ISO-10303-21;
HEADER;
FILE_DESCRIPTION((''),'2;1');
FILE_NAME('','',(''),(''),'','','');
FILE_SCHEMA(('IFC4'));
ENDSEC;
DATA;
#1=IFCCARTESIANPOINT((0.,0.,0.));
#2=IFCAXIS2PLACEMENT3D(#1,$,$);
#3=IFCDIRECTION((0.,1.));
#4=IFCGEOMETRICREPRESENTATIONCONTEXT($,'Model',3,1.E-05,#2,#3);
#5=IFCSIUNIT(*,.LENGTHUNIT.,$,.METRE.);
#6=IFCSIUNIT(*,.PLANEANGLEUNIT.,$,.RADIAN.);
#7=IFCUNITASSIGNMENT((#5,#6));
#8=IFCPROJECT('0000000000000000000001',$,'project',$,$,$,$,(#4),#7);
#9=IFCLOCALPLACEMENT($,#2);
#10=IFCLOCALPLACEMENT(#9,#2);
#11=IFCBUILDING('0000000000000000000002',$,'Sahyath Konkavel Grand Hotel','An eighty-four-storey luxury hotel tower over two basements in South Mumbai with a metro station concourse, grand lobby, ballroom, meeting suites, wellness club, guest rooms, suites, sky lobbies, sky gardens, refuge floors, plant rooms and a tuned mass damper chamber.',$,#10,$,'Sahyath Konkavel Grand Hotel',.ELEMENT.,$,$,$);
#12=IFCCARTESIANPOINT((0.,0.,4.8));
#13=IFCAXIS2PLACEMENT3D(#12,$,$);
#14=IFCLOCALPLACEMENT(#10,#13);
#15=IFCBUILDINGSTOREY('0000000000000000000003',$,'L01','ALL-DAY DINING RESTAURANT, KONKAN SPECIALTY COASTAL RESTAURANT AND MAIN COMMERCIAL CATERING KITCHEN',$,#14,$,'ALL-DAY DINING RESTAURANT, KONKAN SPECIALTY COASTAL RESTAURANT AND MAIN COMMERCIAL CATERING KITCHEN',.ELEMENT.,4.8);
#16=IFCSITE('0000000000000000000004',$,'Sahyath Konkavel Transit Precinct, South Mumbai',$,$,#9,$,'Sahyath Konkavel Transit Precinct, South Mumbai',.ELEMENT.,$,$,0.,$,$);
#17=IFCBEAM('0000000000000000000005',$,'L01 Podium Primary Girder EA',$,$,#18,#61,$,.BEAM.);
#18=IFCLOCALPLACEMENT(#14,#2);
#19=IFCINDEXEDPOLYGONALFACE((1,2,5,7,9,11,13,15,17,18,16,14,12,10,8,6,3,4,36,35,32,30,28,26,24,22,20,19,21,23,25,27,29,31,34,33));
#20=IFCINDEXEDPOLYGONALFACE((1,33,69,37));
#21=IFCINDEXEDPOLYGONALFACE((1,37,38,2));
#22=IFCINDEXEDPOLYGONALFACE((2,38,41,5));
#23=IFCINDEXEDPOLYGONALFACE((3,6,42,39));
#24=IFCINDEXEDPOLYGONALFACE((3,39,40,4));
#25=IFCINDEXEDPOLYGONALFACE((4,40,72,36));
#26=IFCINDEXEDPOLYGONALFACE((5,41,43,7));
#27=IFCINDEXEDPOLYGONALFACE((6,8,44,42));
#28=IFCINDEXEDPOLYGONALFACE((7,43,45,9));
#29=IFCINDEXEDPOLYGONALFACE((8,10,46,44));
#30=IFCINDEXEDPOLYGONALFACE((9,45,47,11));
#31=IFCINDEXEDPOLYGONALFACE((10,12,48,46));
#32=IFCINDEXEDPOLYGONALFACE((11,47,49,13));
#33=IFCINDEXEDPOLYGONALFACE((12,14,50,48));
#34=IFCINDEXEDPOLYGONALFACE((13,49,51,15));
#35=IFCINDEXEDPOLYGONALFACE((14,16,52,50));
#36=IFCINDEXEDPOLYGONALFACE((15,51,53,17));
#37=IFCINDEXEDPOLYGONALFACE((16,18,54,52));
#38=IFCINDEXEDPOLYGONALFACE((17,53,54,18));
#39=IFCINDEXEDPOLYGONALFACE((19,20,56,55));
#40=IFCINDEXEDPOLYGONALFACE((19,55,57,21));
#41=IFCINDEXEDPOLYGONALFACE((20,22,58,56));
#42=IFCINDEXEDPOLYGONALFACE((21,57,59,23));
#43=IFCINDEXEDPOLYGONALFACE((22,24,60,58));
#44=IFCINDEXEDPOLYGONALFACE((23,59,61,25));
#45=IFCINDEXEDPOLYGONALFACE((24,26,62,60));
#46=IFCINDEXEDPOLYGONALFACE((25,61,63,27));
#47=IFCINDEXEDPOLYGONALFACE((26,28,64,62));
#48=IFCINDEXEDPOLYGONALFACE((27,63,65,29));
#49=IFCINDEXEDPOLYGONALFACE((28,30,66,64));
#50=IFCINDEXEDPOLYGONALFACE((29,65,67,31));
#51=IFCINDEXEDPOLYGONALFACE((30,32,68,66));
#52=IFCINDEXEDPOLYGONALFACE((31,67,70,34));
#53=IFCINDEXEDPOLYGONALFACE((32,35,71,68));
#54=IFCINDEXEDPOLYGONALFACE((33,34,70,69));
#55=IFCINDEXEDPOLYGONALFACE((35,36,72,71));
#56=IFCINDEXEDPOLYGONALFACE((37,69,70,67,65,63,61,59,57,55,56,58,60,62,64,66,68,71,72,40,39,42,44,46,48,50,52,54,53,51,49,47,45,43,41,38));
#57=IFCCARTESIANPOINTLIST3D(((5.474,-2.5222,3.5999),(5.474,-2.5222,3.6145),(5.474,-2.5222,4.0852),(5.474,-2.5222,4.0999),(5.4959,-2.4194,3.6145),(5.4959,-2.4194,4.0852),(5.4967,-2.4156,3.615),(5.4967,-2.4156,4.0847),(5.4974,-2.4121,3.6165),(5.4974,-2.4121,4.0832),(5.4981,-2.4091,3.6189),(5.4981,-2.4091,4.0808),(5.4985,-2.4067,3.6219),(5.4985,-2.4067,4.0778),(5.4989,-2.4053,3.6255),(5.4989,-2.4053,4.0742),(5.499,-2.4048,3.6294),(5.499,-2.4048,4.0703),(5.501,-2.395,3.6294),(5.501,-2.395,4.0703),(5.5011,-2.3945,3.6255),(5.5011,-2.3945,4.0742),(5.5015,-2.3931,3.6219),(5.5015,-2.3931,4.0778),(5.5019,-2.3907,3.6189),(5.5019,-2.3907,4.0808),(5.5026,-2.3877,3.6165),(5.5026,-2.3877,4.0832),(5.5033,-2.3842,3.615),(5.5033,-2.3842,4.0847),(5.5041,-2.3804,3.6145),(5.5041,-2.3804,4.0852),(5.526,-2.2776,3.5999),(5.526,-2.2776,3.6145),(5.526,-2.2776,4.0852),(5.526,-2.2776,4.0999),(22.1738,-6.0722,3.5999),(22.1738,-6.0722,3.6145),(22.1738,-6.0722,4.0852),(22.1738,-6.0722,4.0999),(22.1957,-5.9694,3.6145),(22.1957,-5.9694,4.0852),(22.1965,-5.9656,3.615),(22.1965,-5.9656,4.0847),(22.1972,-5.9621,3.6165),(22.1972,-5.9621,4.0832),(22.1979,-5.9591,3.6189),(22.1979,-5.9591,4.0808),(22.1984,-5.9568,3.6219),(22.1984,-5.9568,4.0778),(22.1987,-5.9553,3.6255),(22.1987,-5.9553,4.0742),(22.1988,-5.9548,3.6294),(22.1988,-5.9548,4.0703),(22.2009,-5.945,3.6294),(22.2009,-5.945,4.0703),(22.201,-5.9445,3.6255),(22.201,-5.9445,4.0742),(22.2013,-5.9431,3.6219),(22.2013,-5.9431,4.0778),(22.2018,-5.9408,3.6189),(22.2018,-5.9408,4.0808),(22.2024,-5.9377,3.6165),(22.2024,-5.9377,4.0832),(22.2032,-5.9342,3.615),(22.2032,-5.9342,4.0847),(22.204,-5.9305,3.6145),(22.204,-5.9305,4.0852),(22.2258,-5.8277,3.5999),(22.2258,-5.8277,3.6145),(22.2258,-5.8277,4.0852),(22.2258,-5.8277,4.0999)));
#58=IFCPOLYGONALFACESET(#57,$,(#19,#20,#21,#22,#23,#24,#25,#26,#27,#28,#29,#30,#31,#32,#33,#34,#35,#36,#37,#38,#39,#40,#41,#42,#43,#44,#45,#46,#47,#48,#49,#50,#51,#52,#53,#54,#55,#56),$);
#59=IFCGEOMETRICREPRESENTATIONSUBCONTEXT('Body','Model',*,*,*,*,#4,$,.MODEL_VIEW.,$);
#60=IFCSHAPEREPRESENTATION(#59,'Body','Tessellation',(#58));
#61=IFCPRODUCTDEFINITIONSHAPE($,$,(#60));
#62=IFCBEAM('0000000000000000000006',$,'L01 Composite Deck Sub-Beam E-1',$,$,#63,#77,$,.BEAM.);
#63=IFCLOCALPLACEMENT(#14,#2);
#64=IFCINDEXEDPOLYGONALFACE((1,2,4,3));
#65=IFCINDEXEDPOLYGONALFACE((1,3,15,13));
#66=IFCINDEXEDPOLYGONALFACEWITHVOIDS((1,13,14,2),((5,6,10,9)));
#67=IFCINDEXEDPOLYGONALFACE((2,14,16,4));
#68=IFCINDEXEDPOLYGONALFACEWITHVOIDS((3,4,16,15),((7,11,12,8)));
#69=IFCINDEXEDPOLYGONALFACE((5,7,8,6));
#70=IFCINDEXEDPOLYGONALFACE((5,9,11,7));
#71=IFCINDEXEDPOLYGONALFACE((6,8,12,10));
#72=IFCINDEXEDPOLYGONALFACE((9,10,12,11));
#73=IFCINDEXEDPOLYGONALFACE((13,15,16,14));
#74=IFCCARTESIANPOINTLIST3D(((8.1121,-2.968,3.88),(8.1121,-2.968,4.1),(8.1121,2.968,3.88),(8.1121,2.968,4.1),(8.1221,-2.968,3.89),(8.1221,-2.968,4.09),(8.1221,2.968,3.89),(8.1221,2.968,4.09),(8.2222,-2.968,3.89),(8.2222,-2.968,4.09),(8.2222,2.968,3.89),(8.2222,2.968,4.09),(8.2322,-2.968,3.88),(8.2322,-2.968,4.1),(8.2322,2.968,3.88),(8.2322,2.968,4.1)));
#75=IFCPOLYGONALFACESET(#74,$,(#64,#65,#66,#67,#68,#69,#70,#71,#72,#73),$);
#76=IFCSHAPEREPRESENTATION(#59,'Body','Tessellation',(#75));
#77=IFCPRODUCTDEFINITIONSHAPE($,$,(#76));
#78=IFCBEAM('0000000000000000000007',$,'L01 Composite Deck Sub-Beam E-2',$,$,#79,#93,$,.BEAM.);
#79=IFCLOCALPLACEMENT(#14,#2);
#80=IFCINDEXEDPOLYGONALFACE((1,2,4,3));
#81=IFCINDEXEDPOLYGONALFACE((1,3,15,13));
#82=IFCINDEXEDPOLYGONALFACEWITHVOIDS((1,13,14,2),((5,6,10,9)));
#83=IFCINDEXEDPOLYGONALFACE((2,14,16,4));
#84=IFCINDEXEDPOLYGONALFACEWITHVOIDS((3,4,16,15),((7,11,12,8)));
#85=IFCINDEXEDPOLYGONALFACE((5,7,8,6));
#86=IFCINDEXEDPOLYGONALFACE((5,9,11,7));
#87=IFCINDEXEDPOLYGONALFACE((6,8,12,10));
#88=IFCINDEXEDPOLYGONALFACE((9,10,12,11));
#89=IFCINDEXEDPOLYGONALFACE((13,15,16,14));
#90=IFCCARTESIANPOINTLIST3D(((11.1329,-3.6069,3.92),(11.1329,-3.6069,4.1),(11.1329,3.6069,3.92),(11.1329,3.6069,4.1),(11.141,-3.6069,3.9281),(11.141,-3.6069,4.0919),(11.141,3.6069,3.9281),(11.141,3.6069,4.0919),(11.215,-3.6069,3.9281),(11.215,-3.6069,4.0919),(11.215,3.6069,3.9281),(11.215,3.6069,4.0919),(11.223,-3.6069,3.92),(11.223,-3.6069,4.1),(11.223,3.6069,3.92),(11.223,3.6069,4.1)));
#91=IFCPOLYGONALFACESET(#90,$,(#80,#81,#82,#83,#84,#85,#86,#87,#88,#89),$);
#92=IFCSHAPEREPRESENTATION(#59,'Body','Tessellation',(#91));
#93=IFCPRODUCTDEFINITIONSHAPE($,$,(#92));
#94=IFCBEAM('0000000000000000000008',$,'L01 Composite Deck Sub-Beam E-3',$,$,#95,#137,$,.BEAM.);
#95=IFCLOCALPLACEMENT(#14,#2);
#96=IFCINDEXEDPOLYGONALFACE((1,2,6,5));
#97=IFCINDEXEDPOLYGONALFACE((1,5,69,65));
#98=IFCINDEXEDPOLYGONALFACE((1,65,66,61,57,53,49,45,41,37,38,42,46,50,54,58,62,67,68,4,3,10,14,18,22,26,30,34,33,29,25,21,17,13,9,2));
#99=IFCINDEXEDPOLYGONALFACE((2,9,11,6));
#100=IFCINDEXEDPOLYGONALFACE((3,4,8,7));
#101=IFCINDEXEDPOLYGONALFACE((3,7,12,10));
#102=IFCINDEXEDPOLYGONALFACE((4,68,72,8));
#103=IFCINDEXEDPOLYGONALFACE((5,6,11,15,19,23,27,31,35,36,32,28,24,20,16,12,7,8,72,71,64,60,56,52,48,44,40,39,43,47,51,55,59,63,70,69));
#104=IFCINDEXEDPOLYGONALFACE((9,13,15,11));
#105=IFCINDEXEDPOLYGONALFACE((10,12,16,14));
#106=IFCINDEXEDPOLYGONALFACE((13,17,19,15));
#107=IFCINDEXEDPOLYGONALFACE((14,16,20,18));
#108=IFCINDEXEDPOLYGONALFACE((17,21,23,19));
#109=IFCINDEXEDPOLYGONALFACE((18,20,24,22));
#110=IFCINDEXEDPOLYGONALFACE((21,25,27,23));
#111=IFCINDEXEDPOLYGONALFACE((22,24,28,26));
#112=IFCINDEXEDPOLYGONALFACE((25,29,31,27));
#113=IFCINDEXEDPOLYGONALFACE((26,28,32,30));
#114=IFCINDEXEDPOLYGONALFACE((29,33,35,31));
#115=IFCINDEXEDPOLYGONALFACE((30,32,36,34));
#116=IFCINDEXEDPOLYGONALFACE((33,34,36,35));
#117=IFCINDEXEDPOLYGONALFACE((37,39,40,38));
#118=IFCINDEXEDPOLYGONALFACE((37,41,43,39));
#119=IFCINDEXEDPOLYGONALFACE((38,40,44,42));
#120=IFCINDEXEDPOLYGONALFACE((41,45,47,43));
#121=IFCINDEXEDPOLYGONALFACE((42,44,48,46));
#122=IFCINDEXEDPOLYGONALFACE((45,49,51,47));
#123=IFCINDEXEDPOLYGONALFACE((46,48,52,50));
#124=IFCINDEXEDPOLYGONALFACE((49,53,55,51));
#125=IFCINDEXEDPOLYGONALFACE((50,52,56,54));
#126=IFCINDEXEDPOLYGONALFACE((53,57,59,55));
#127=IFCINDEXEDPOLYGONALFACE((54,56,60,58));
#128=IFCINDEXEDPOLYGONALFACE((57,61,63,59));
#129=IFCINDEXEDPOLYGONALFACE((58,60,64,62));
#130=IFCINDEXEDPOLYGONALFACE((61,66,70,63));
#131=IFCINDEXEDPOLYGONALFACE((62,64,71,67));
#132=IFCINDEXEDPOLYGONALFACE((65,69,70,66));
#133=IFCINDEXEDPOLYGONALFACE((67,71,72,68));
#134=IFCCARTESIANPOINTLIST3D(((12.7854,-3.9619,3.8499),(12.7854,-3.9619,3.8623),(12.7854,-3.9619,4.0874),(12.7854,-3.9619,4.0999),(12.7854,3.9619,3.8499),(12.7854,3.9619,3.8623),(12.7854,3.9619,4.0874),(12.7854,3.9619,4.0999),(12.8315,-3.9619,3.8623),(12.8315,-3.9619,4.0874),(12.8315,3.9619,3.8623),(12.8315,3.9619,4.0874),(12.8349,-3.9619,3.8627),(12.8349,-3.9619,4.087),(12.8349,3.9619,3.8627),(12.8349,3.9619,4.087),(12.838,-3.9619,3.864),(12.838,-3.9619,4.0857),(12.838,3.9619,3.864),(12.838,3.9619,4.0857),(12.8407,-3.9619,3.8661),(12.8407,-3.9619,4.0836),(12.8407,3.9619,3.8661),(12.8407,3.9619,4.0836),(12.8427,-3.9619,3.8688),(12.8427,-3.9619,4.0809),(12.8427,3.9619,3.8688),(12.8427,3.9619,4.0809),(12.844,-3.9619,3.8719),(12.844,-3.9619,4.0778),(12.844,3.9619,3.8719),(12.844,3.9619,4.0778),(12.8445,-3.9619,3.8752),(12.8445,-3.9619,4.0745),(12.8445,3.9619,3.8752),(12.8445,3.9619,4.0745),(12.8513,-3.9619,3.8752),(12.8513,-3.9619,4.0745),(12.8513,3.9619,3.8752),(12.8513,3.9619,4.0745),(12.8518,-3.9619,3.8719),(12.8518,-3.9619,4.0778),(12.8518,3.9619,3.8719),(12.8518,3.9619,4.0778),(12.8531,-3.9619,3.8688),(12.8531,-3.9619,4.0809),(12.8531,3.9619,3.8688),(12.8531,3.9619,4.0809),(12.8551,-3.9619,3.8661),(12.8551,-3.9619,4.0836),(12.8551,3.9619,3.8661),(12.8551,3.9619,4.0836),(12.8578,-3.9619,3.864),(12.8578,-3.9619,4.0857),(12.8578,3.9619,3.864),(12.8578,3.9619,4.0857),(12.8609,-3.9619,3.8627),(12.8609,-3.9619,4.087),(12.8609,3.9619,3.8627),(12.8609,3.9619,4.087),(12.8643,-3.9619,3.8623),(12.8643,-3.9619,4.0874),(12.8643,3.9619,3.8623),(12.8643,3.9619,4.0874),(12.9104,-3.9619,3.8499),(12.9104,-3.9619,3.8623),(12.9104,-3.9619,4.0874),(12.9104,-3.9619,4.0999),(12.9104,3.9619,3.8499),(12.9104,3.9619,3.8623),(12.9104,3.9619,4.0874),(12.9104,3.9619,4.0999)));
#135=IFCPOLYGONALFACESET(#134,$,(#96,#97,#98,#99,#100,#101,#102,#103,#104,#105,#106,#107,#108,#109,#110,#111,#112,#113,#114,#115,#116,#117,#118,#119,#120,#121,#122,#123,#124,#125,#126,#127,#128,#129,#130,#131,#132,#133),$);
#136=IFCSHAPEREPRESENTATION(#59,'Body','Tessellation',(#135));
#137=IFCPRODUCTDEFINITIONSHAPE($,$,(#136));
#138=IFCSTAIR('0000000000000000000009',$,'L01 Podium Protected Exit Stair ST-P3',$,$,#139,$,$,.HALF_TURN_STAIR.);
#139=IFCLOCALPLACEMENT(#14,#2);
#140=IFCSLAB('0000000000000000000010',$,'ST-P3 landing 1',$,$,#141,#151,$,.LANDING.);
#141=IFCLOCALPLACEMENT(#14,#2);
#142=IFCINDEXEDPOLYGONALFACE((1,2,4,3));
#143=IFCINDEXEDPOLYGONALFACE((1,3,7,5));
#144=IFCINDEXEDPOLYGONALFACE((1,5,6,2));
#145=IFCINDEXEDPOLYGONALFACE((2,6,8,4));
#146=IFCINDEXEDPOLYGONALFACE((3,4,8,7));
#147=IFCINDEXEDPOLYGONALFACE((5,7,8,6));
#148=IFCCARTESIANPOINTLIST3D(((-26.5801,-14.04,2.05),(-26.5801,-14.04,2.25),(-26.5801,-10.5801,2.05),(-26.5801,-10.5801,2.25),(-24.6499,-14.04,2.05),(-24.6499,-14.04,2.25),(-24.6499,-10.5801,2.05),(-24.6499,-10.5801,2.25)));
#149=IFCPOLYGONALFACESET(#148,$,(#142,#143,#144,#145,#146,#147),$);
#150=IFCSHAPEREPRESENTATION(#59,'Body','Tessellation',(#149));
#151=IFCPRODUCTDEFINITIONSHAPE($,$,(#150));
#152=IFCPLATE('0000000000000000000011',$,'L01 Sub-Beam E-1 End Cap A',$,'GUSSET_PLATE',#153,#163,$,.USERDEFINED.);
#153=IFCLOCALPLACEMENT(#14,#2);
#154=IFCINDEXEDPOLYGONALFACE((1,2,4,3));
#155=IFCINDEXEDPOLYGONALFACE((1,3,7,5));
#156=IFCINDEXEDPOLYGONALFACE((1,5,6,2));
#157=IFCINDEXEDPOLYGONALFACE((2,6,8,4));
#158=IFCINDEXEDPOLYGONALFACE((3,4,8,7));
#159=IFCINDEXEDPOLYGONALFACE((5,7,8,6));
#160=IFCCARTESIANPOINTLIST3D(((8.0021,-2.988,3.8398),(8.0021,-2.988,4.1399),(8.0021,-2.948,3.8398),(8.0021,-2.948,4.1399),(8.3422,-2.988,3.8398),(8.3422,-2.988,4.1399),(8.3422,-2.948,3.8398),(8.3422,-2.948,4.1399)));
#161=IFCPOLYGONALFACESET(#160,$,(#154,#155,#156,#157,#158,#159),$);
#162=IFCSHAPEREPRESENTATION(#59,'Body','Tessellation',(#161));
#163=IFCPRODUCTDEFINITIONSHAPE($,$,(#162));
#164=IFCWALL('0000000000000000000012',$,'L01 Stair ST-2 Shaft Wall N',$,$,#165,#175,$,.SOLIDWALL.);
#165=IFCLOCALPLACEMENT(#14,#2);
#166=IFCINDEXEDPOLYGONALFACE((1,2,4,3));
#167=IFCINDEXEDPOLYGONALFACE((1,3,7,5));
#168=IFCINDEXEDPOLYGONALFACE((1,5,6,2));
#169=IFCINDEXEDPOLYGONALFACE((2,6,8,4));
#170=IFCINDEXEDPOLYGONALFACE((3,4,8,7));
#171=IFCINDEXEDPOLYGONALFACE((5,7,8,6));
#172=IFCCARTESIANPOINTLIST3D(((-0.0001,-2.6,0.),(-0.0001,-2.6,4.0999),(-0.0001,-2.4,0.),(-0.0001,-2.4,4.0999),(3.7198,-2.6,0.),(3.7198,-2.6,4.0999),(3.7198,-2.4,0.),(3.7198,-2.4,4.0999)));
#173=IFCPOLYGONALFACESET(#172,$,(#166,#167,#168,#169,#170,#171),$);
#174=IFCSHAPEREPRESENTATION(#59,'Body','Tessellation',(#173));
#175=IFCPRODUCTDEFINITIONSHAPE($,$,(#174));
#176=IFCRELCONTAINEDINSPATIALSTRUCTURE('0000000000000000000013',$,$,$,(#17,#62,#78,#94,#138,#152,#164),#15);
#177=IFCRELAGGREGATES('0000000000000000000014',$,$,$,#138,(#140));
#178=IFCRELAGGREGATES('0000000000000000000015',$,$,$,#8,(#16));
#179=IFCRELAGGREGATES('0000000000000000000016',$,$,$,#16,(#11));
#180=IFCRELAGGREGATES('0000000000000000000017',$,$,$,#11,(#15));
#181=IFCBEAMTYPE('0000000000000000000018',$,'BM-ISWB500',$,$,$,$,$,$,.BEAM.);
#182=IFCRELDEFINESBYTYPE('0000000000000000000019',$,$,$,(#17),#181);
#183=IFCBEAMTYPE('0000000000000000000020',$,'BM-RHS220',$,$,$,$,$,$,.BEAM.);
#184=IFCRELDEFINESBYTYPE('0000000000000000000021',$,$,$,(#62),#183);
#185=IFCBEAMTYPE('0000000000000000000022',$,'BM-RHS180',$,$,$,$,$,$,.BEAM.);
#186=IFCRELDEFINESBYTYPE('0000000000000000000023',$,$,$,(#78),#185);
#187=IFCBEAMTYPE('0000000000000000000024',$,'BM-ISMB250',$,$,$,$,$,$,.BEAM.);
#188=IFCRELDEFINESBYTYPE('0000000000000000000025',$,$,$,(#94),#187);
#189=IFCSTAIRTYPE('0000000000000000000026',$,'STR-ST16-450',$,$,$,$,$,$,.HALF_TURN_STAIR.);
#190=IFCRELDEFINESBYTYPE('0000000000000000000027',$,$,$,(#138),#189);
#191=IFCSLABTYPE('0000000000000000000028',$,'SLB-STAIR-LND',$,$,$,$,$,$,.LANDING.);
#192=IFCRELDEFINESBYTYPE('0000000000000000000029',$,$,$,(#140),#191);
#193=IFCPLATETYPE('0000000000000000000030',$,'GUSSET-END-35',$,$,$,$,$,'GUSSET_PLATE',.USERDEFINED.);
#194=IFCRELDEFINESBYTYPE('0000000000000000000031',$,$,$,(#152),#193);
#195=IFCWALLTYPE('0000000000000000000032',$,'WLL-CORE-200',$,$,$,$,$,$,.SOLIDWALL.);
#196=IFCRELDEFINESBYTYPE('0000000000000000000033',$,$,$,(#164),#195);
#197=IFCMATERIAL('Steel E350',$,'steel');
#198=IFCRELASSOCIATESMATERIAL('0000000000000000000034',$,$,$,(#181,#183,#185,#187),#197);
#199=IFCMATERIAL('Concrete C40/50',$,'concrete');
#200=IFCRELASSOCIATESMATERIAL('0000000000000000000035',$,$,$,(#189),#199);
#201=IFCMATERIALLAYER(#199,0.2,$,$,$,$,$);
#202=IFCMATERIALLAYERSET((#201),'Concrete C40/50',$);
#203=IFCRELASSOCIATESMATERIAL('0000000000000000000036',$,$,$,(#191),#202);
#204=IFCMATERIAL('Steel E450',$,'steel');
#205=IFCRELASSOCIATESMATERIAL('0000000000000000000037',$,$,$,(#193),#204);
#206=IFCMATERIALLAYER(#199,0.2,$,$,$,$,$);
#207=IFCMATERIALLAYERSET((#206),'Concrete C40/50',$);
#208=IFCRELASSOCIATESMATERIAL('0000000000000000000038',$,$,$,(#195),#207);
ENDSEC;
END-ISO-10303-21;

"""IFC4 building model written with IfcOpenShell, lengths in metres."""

from ifc_helpers import new_model, si_unit, direction, frame, frame_2d, origin, origin_2d, place, context, subcontext, project, spatial, polyline, rectangle, hollow_rectangle, i_section, outline, extrude, source, transform, mapped, material, layer, layer_set, material_profile, profile_set, type_object, element, aggregate, save


model = new_model("IFC4")

# Units and contexts
model_context = context("Model", 3, precision=1e-05, world=origin(), true_north=direction((0.0, 1.0)))
body_context = subcontext(model_context, "Body", "Model", "MODEL_VIEW")
ifc_project = project(units=[si_unit("LENGTHUNIT", "METRE"), si_unit("PLANEANGLEUNIT", "RADIAN")], contexts=[model_context])

# Site, building, storey
site_placement = place(None, origin())
site = spatial("IfcSite", under=ifc_project, at=site_placement, Name="Sahyath Konkavel Transit Precinct, South Mumbai", LongName="Sahyath Konkavel Transit Precinct, South Mumbai", CompositionType="ELEMENT", RefElevation=0.0)
building_placement = place(site_placement, origin())
building = spatial("IfcBuilding", under=site, at=building_placement, Name="Sahyath Konkavel Grand Hotel", Description="An eighty-four-storey luxury hotel tower over two basements in South Mumbai with a metro station concourse, grand lobby, ballroom, meeting suites, wellness club, guest rooms, suites, sky lobbies, sky gardens, refuge floors, plant rooms and a tuned mass damper chamber.", LongName="Sahyath Konkavel Grand Hotel", CompositionType="ELEMENT")
storey_placement = place(building_placement, frame((0.0, 0.0, 4.8)))
storey = spatial("IfcBuildingStorey", under=building, at=storey_placement, Name="L01", Description="ALL-DAY DINING RESTAURANT, KONKAN SPECIALTY COASTAL RESTAURANT AND MAIN COMMERCIAL CATERING KITCHEN", LongName="ALL-DAY DINING RESTAURANT, KONKAN SPECIALTY COASTAL RESTAURANT AND MAIN COMMERCIAL CATERING KITCHEN", CompositionType="ELEMENT", Elevation=4.8)

# Beams
ifc_material_1 = material(Name="Steel E350", Category="steel")
ifc_material_profile_1 = material_profile(ifc_material_1, i_section(OverallWidth=0.25, OverallDepth=0.5, WebThickness=0.01, FlangeThickness=0.0146, FilletRadius=0.0149, at=origin_2d()), Name="ISWB 500")
ifc_profile_set_1 = profile_set([ifc_material_profile_1], Name="Steel E350")
beam_type_1 = type_object("IfcBeamType", Name="BM-ISWB500", PredefinedType="BEAM", material=ifc_profile_set_1)
shared_shape_1 = source(origin(), body_context, "Body", "SweptSolid", [
    extrude(i_section(OverallWidth=0.25, OverallDepth=0.5, WebThickness=0.01, FlangeThickness=0.0146, FilletRadius=0.0149, at=origin_2d()), origin(), (0.0, 0.0, 1.0), 17.073),
])
beam_1_placement = place(storey_placement, frame((5.5, -2.3999, 3.8499), z_axis=(0.978143, -0.207932, 0.0), x_axis=(0.207932, 0.978143, 0.0)))
element("IfcBeam", 1, at=beam_1_placement, inside=storey, type_object=beam_type_1, Name="L01 Podium Primary Girder EA", PredefinedType="BEAM", context=body_context, shape_type="MappedRepresentation", body=[
    mapped(shared_shape_1, transform((0.0, 0.0, 0.0), scale=1.0)),
])
ifc_material_profile_2 = material_profile(ifc_material_1, hollow_rectangle(XDim=0.1201, YDim=0.22, WallThickness=0.01, at=origin_2d()), Name="RHS 220x120x10")
ifc_profile_set_2 = profile_set([ifc_material_profile_2], Name="Steel E350")
beam_type_2 = type_object("IfcBeamType", Name="BM-RHS220", PredefinedType="BEAM", material=ifc_profile_set_2)
shared_shape_2 = source(origin(), body_context, "Body", "SweptSolid", [
    extrude(hollow_rectangle(XDim=0.1201, YDim=0.22, WallThickness=0.01, at=origin_2d()), origin(), (0.0, 0.0, 1.0), 5.936),
])
beam_2_placement = place(storey_placement, frame((8.1721, -2.968, 3.99), z_axis=(0.0, 1.0, 0.0), x_axis=(-1.0, 0.0, 0.0)))
element("IfcBeam", 2, at=beam_2_placement, inside=storey, type_object=beam_type_2, Name="L01 Composite Deck Sub-Beam E-1", PredefinedType="BEAM", context=body_context, shape_type="MappedRepresentation", body=[
    mapped(shared_shape_2, transform((0.0, 0.0, 0.0), scale=1.0)),
])
ifc_material_profile_3 = material_profile(ifc_material_1, hollow_rectangle(XDim=0.0901, YDim=0.1799, WallThickness=0.0081, at=origin_2d()), Name="RHS 180x90x8")
ifc_profile_set_3 = profile_set([ifc_material_profile_3], Name="Steel E350")
beam_type_3 = type_object("IfcBeamType", Name="BM-RHS180", PredefinedType="BEAM", material=ifc_profile_set_3)
shared_shape_3 = source(origin(), body_context, "Body", "SweptSolid", [
    extrude(hollow_rectangle(XDim=0.0901, YDim=0.1799, WallThickness=0.0081, at=origin_2d()), origin(), (0.0, 0.0, 1.0), 7.2139),
])
beam_3_placement = place(storey_placement, frame((11.178, -3.6069, 4.01), z_axis=(0.0, 1.0, 0.0), x_axis=(-1.0, 0.0, 0.0)))
element("IfcBeam", 3, at=beam_3_placement, inside=storey, type_object=beam_type_3, Name="L01 Composite Deck Sub-Beam E-2", PredefinedType="BEAM", context=body_context, shape_type="MappedRepresentation", body=[
    mapped(shared_shape_3, transform((0.0, 0.0, 0.0), scale=1.0)),
])
ifc_material_profile_4 = material_profile(ifc_material_1, i_section(OverallWidth=0.125, OverallDepth=0.25, WebThickness=0.0068, FlangeThickness=0.0125, FilletRadius=0.0129, at=origin_2d()), Name="ISMB 250")
ifc_profile_set_4 = profile_set([ifc_material_profile_4], Name="Steel E350")
beam_type_4 = type_object("IfcBeamType", Name="BM-ISMB250", PredefinedType="BEAM", material=ifc_profile_set_4)
shared_shape_4 = source(origin(), body_context, "Body", "SweptSolid", [
    extrude(i_section(OverallWidth=0.125, OverallDepth=0.25, WebThickness=0.0068, FlangeThickness=0.0125, FilletRadius=0.0129, at=origin_2d()), origin(), (0.0, 0.0, 1.0), 7.9238),
])
beam_4_placement = place(storey_placement, frame((12.8479, -3.9619, 3.9749), z_axis=(0.0, 1.0, 0.0), x_axis=(-1.0, 0.0, 0.0)))
element("IfcBeam", 4, at=beam_4_placement, inside=storey, type_object=beam_type_4, Name="L01 Composite Deck Sub-Beam E-3", PredefinedType="BEAM", context=body_context, shape_type="MappedRepresentation", body=[
    mapped(shared_shape_4, transform((0.0, 0.0, 0.0), scale=1.0)),
])

# Stair, slab
ifc_material_2 = material(Name="Concrete C40/50", Category="concrete")
stair_type = type_object("IfcStairType", Name="STR-ST16-450", PredefinedType="HALF_TURN_STAIR", material=ifc_material_2)
stair_1_placement = place(storey_placement, origin())
stair_1 = element("IfcStair", 5, at=stair_1_placement, inside=storey, type_object=stair_type, Name="L01 Podium Protected Exit Stair ST-P3", PredefinedType="HALF_TURN_STAIR")
ifc_layer_1 = layer(ifc_material_2, 0.2)
ifc_layer_set_1 = layer_set([ifc_layer_1], Name="Concrete C40/50")
slab_type = type_object("IfcSlabType", Name="SLB-STAIR-LND", PredefinedType="LANDING", material=ifc_layer_set_1)
slab_placement = place(storey_placement, frame((0.0, 0.0, 2.05)))
slab = element("IfcSlab", 6, at=slab_placement, type_object=slab_type, Name="ST-P3 landing 1", PredefinedType="LANDING", context=body_context, shape_type="SweptSolid", body=[
    extrude(outline(polyline([(-24.6499, -10.5801), (-26.5801, -10.5801), (-26.5801, -14.04), (-24.6499, -14.04), (-24.6499, -10.5801)])), origin(), (0.0, 0.0, 1.0), 0.2),
])
aggregate(stair_1, [slab])

# Plate
ifc_material_3 = material(Name="Steel E450", Category="steel")
plate_type = type_object("IfcPlateType", Name="GUSSET-END-35", ElementType="GUSSET_PLATE", PredefinedType="USERDEFINED", material=ifc_material_3)
shared_shape_5 = source(origin(), body_context, "Body", "SweptSolid", [
    extrude(rectangle(XDim=0.04, YDim=0.3401, at=origin_2d()), origin(), (0.0, 0.0, 1.0), 0.3),
])
plate_placement = place(storey_placement, frame((8.1721, -2.968, 3.8398), z_axis=(0.0, 0.0, 1.0), x_axis=(0.0, 1.0, 0.0)))
element("IfcPlate", 7, at=plate_placement, inside=storey, type_object=plate_type, Name="L01 Sub-Beam E-1 End Cap A", ObjectType="GUSSET_PLATE", PredefinedType="USERDEFINED", context=body_context, shape_type="MappedRepresentation", body=[
    mapped(shared_shape_5, transform((0.0, 0.0, 0.0), scale=1.0)),
])

# Wall
ifc_layer_2 = layer(ifc_material_2, 0.2)
ifc_layer_set_2 = layer_set([ifc_layer_2], Name="Concrete C40/50")
wall_type = type_object("IfcWallType", Name="WLL-CORE-200", PredefinedType="SOLIDWALL", material=ifc_layer_set_2)
wall_1_placement = place(storey_placement, frame((0.0, -2.5, 0.0), z_axis=(0.0, 0.0, 1.0), x_axis=(1.0, 0.0, 0.0)))
element("IfcWall", 8, at=wall_1_placement, inside=storey, type_object=wall_type, Name="L01 Stair ST-2 Shaft Wall N", PredefinedType="SOLIDWALL", context=body_context, shape_type="SweptSolid", body=[
    extrude(rectangle(XDim=3.72, YDim=0.2, at=frame_2d((1.8599, 0.0))), origin(), (0.0, 0.0, 1.0), 4.0999),
])

save(model, "model.ifc")
